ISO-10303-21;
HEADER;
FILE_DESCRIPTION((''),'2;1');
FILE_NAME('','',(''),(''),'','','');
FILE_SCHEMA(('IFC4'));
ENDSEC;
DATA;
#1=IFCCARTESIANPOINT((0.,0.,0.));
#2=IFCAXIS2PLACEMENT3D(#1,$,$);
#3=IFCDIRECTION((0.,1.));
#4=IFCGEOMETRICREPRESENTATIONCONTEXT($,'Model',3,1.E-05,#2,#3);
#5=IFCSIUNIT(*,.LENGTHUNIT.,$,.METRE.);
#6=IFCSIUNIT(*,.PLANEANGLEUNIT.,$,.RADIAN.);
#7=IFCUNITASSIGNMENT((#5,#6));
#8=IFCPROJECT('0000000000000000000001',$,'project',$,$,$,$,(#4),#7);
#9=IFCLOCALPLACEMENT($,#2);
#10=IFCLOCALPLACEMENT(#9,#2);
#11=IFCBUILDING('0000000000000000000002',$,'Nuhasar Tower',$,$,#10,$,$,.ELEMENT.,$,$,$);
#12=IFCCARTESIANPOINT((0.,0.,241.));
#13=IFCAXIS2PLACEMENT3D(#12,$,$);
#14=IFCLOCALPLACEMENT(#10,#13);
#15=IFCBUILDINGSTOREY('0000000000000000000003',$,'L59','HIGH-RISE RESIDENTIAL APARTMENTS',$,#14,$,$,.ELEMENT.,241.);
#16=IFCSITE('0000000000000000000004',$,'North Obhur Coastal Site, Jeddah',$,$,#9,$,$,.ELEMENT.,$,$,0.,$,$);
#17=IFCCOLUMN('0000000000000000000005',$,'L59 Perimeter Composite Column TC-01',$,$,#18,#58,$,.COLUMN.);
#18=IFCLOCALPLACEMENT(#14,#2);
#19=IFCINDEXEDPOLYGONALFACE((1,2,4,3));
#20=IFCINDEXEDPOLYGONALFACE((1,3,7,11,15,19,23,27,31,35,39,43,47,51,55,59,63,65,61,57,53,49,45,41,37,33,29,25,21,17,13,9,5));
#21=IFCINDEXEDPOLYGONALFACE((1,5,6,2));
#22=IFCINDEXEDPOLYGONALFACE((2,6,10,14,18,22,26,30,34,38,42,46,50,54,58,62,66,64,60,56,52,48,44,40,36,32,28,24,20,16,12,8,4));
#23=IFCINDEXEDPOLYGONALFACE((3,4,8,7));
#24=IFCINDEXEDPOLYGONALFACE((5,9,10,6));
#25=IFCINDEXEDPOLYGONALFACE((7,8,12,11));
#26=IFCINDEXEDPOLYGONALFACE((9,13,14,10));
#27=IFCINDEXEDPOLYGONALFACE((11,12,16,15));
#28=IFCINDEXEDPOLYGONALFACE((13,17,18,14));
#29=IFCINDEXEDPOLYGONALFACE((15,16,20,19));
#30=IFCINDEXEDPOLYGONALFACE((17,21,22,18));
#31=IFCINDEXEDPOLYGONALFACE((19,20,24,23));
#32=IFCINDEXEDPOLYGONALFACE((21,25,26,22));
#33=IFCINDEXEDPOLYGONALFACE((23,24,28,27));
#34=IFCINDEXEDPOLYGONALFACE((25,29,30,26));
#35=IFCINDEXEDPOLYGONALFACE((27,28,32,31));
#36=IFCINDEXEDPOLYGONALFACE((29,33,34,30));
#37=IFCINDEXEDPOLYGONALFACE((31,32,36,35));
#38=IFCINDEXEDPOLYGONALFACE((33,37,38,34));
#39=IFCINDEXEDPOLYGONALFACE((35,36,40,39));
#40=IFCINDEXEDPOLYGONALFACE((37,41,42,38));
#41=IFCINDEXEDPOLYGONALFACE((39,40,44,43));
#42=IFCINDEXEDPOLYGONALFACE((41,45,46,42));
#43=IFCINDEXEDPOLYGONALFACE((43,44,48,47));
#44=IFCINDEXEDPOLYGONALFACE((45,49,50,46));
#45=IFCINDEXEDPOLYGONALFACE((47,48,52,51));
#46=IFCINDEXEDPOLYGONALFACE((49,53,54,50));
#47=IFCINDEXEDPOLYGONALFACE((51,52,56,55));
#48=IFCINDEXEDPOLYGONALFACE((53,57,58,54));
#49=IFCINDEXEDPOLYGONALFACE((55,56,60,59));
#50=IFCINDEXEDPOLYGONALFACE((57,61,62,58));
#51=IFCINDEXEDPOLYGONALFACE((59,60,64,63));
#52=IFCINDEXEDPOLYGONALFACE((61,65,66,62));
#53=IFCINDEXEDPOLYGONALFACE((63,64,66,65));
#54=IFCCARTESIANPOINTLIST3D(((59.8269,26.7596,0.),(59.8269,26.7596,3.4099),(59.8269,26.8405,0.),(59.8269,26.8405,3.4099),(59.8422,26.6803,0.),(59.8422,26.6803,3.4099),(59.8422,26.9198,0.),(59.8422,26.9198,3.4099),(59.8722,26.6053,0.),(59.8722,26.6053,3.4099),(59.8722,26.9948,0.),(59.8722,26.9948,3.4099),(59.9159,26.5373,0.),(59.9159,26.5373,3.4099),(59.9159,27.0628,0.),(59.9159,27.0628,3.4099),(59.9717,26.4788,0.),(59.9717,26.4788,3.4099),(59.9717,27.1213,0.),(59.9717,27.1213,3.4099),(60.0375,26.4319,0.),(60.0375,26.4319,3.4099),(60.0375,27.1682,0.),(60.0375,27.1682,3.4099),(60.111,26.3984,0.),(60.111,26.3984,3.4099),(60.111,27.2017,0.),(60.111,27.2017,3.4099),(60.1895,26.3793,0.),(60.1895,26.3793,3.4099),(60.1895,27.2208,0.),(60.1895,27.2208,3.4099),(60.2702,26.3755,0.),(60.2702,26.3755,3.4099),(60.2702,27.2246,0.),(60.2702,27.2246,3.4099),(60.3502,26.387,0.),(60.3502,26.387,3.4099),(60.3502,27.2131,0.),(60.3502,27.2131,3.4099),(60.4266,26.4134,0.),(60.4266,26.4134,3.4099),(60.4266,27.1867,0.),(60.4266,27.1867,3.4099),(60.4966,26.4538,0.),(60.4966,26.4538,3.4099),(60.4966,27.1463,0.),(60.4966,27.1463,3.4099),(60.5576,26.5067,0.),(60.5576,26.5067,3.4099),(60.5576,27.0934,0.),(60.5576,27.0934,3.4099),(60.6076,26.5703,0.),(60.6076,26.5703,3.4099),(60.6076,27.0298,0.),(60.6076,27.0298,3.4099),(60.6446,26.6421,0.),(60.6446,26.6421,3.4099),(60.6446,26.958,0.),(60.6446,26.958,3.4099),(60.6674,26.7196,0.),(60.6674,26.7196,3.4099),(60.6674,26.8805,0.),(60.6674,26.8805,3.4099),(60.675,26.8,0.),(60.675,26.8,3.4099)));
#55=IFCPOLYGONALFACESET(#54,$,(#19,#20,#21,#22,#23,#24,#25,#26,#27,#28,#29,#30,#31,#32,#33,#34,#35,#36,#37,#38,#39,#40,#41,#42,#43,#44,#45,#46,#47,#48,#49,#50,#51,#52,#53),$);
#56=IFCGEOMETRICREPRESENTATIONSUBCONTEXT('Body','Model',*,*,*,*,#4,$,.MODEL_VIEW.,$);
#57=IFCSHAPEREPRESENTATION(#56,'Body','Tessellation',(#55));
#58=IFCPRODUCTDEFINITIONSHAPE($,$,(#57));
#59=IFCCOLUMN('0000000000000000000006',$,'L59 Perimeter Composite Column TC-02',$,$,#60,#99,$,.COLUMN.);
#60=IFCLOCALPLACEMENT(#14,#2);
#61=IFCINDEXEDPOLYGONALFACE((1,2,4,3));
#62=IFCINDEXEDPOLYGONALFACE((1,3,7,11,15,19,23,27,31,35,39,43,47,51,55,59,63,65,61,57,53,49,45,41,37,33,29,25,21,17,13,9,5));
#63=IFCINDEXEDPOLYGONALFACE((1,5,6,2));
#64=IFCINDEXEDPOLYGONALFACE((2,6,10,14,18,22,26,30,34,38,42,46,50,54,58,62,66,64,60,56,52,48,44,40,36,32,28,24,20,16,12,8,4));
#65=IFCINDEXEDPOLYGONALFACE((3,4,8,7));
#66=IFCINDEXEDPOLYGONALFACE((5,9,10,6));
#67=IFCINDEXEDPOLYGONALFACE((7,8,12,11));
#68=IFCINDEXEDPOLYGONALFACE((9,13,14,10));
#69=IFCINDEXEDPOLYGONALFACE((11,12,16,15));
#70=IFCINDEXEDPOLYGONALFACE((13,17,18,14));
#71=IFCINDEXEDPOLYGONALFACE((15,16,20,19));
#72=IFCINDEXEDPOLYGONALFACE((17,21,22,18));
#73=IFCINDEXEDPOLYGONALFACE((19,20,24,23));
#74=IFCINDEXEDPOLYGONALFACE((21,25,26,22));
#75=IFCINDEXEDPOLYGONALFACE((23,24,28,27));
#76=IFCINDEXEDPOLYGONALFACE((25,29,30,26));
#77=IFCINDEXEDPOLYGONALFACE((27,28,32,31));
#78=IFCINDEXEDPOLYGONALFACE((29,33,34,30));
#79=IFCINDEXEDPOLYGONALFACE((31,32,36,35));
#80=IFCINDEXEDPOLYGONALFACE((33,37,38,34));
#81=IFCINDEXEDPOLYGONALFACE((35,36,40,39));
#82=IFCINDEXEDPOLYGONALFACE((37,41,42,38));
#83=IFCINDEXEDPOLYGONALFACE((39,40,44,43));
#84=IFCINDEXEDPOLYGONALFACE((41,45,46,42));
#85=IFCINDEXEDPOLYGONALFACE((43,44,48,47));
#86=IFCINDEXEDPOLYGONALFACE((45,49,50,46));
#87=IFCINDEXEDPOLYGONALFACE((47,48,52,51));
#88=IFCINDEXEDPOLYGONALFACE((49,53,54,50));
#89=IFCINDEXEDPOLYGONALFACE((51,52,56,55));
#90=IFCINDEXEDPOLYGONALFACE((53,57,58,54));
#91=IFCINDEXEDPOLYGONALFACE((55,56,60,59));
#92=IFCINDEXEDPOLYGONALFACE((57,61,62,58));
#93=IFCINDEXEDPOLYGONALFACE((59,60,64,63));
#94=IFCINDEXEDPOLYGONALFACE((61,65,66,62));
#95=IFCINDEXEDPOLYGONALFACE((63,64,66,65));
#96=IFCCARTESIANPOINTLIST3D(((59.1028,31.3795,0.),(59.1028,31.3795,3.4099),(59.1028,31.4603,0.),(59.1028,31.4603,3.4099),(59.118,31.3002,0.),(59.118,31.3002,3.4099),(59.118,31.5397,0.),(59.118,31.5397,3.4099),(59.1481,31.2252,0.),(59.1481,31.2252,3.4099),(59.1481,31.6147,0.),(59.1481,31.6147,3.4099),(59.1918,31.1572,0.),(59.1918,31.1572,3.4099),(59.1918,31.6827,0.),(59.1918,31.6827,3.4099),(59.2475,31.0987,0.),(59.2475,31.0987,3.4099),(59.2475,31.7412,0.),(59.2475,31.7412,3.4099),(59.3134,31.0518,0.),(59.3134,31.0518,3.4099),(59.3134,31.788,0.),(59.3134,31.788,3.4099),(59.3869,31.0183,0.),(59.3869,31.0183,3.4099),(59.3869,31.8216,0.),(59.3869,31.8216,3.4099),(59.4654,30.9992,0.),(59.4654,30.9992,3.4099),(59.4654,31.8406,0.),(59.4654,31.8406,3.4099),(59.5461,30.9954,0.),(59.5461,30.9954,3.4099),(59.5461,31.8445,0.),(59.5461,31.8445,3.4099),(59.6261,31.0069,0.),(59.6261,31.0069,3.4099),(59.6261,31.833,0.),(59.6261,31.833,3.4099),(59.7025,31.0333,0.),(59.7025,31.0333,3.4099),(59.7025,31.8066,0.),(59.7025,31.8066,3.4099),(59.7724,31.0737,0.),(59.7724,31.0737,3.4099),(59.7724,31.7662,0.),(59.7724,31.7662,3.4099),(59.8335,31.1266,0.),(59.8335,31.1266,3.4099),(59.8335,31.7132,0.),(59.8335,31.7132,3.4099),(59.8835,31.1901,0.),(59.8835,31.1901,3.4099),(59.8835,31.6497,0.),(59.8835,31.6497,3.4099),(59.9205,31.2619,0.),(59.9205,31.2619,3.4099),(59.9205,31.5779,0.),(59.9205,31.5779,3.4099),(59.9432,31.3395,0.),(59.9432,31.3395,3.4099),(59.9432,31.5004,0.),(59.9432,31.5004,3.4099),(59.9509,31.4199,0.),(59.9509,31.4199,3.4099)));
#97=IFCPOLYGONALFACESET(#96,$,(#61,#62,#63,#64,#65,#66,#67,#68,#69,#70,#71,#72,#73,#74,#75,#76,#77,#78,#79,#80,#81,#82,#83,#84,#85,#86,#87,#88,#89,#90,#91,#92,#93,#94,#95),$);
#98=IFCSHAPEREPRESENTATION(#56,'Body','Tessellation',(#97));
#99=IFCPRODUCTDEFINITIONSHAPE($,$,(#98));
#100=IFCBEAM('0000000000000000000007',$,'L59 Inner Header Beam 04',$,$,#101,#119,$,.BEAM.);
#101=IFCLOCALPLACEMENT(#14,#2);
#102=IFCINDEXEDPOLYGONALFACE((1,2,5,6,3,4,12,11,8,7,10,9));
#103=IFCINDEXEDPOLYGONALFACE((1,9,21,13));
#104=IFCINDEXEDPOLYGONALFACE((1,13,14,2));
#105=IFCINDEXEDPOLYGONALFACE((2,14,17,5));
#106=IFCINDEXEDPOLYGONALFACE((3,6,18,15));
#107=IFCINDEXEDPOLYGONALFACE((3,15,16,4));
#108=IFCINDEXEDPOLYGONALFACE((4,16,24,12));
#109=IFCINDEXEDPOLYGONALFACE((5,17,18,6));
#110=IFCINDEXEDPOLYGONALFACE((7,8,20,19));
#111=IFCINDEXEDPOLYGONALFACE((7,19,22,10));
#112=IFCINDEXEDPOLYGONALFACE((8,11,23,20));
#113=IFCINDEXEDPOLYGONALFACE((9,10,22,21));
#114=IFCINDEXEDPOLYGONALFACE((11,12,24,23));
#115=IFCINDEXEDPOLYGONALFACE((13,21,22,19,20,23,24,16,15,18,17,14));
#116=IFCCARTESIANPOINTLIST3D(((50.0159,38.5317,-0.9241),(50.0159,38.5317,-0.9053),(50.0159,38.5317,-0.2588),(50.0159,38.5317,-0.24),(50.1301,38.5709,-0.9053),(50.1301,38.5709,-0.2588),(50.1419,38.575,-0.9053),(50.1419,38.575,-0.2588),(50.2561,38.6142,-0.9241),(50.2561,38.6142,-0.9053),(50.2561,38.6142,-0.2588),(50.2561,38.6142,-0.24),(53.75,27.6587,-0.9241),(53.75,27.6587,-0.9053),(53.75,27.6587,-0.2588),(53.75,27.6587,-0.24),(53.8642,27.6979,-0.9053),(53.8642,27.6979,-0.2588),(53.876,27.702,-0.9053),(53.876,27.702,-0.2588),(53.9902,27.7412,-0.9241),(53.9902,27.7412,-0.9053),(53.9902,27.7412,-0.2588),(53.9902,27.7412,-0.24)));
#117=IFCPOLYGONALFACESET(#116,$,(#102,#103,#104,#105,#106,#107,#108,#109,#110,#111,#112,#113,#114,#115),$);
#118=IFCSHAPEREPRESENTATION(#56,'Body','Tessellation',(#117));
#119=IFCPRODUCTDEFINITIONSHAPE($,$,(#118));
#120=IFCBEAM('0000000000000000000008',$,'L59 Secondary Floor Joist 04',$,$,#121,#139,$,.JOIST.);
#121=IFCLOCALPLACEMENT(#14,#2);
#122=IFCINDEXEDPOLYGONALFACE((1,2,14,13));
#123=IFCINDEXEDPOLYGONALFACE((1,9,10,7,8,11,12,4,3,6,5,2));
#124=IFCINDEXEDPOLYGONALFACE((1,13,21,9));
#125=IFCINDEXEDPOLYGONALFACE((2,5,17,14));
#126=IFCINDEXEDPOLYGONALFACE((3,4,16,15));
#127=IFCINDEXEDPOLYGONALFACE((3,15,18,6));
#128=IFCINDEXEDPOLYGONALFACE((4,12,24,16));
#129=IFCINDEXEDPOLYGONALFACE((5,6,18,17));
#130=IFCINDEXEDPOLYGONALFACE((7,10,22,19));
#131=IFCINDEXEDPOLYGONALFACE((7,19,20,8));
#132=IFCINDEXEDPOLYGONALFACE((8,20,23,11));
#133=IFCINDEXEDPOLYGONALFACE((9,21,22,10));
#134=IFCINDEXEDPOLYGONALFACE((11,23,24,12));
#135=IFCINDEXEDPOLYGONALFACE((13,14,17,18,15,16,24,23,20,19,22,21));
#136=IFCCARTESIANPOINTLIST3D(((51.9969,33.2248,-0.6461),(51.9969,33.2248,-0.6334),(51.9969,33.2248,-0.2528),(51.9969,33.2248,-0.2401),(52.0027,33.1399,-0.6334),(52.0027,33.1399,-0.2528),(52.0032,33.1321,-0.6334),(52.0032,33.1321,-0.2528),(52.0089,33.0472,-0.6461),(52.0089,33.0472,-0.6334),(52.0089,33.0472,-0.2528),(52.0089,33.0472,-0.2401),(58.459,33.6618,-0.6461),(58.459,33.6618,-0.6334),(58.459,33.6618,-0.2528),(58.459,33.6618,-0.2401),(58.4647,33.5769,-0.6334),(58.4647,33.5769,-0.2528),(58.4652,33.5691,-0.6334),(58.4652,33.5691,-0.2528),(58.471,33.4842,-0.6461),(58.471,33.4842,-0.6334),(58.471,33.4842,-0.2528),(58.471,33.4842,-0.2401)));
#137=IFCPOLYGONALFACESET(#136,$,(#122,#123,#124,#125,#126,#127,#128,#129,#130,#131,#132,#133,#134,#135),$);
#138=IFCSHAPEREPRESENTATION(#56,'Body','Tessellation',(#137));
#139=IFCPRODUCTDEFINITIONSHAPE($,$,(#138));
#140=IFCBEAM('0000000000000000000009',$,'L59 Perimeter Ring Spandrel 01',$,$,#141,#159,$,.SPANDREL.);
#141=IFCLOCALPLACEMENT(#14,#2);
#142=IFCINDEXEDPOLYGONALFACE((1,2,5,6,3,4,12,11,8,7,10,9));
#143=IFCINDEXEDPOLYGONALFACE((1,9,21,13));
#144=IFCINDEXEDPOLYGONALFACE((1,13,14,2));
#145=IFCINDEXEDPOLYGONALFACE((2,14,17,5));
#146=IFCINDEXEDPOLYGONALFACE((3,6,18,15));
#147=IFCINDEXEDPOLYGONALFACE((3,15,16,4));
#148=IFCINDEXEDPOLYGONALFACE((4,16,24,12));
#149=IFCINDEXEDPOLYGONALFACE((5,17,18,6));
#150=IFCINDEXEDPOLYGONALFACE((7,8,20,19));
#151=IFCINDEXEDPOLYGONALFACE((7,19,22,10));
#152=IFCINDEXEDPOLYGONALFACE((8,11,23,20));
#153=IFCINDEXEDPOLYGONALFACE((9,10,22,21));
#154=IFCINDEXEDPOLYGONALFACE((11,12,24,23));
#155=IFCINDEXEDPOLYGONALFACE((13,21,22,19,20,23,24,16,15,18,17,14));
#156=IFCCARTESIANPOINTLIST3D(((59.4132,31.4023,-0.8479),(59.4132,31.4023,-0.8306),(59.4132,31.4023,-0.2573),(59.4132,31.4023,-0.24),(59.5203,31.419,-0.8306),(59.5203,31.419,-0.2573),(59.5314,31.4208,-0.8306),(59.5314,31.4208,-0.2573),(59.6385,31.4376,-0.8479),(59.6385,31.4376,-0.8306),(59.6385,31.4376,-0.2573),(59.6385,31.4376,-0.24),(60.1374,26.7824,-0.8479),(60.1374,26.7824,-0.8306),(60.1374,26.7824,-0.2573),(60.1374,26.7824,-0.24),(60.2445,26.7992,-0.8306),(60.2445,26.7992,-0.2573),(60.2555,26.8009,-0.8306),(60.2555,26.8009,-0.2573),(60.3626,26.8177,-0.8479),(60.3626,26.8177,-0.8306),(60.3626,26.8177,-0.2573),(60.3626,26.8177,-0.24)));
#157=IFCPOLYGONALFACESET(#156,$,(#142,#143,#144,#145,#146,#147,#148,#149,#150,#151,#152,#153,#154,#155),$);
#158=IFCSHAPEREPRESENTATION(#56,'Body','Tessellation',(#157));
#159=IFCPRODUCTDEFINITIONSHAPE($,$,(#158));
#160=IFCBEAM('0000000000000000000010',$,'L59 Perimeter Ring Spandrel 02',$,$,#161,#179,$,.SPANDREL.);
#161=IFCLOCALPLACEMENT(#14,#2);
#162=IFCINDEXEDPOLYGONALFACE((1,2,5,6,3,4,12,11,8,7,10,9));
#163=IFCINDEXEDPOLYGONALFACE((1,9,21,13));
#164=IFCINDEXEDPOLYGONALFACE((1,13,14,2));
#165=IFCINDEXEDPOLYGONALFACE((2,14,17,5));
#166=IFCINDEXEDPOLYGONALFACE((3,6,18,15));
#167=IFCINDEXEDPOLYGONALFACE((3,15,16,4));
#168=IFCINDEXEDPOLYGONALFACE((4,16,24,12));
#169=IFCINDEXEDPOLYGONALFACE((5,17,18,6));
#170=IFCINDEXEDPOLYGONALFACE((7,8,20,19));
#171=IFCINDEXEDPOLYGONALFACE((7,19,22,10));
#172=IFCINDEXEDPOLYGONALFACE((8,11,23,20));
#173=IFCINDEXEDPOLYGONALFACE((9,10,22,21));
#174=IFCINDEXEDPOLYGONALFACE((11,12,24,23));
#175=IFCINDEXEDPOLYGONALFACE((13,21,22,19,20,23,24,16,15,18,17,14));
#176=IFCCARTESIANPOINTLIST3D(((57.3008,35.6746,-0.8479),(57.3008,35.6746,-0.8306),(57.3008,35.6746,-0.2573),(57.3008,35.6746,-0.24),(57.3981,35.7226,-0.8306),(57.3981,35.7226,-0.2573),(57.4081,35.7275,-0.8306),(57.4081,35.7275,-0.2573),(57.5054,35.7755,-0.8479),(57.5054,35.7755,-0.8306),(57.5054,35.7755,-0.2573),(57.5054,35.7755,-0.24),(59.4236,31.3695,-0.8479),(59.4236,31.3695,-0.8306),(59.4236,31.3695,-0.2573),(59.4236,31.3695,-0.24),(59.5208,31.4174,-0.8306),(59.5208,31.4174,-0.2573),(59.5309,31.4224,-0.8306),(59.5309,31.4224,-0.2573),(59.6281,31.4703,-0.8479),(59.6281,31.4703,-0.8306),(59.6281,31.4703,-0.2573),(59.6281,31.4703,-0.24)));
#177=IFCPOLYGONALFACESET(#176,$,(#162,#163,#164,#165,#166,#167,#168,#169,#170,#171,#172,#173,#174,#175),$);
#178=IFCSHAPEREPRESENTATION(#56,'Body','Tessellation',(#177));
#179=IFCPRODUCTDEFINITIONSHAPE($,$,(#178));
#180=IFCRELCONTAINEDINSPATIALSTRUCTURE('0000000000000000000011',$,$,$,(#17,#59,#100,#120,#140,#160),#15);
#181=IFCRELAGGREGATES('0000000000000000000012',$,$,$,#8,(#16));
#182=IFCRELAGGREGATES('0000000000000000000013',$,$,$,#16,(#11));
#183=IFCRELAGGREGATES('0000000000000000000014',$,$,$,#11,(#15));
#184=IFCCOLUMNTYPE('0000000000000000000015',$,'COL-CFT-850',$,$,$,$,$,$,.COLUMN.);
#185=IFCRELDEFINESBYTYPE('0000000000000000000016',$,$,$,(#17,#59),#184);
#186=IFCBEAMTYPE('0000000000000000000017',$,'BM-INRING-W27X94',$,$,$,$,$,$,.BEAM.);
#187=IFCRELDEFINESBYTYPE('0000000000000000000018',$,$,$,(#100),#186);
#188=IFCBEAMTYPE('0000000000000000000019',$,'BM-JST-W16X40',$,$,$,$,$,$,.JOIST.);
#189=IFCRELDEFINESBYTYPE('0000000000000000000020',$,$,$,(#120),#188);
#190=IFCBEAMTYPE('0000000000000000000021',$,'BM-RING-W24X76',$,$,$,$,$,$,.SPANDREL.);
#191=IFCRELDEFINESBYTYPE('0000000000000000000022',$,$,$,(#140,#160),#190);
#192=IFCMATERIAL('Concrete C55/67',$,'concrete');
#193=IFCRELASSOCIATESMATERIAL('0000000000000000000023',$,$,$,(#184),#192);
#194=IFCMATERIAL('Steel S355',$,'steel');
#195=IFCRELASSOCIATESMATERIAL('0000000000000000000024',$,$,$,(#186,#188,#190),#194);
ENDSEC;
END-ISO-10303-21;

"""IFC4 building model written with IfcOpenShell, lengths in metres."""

from ifc_helpers import new_model, si_unit, direction, frame, origin, origin_2d, place, context, subcontext, project, spatial, circle, i_section, extrude, material, material_profile, profile_set, type_object, element, save


model = new_model("IFC4")

# Units and contexts
model_context = context("Model", 3, precision=1e-05, world=origin(), true_north=direction((0.0, 1.0)))
body_context = subcontext(model_context, "Body", "Model", "MODEL_VIEW")
ifc_project = project(units=[si_unit("LENGTHUNIT", "METRE"), si_unit("PLANEANGLEUNIT", "RADIAN")], contexts=[model_context])

# Site, building, storey
site_placement = place(None, origin())
site = spatial("IfcSite", under=ifc_project, at=site_placement, Name="North Obhur Coastal Site, Jeddah", CompositionType="ELEMENT", RefElevation=0.0)
building_placement = place(site_placement, origin())
building = spatial("IfcBuilding", under=site, at=building_placement, Name="Nuhasar Tower", CompositionType="ELEMENT")
storey_placement = place(building_placement, frame((0.0, 0.0, 241.0)))
storey = spatial("IfcBuildingStorey", under=building, at=storey_placement, Name="L59", Description="HIGH-RISE RESIDENTIAL APARTMENTS", CompositionType="ELEMENT", Elevation=241.0)

# Columns
ifc_material_1 = material(Name="Concrete C55/67", Category="concrete")
ifc_material_profile_1 = material_profile(ifc_material_1, circle(Radius=0.425, at=origin_2d()), Name="CFT850")
ifc_profile_set_1 = profile_set([ifc_material_profile_1], Name="Concrete C55/67")
column_type = type_object("IfcColumnType", Name="COL-CFT-850", PredefinedType="COLUMN", material=ifc_profile_set_1)
for number, where, z_axis, x_axis, name in (
    (1, (60.25, 26.8, 0.0), (0.0, 0.0, 1.0), (1.0, 0.0, 0.0), "L59 Perimeter Composite Column TC-01"),
    (2, (59.5259, 31.4199, 0.0), (0.0, 0.0, 1.0), (1.0, 0.0, 0.0), "L59 Perimeter Composite Column TC-02"),
):
    element("IfcColumn", number, at=place(storey_placement, frame(where, z_axis=z_axis, x_axis=x_axis)), inside=storey, type_object=column_type, Name=name, PredefinedType="COLUMN", context=body_context, shape_type="SweptSolid", body=[
        extrude(circle(Radius=0.425, at=origin_2d()), origin(), (0.0, 0.0, 1.0), 3.4099),
    ])

# Beams
ifc_material_2 = material(Name="Steel S355", Category="steel")
ifc_material_profile_2 = material_profile(ifc_material_2, i_section(OverallWidth=0.2539, OverallDepth=0.6841, WebThickness=0.0125, FlangeThickness=0.0188, at=origin_2d()), Name="W27X94")
ifc_profile_set_2 = profile_set([ifc_material_profile_2], Name="Steel S355")
beam_type_1 = type_object("IfcBeamType", Name="BM-INRING-W27X94", PredefinedType="BEAM", material=ifc_profile_set_2)
beam_1_placement = place(storey_placement, frame((53.8701, 27.7, -0.582), z_axis=(-0.324809, 0.94578, 0.0), x_axis=(-0.94578, -0.324809, 0.0)))
element("IfcBeam", 3, at=beam_1_placement, inside=storey, type_object=beam_type_1, Name="L59 Inner Header Beam 04", PredefinedType="BEAM", context=body_context, shape_type="SweptSolid", body=[
    extrude(i_section(OverallWidth=0.2539, OverallDepth=0.6841, WebThickness=0.0125, FlangeThickness=0.0188, at=origin_2d()), origin(), (0.0, 0.0, 1.0), 11.4963),
])
ifc_material_profile_3 = material_profile(ifc_material_2, i_section(OverallWidth=0.178, OverallDepth=0.406, WebThickness=0.0078, FlangeThickness=0.0127, at=origin_2d()), Name="W16X40")
ifc_profile_set_3 = profile_set([ifc_material_profile_3], Name="Steel S355")
beam_type_2 = type_object("IfcBeamType", Name="BM-JST-W16X40", PredefinedType="JOIST", material=ifc_profile_set_3)
beam_2_placement = place(storey_placement, frame((52.0029, 33.136, -0.4431), z_axis=(0.997721, 0.067472, 0.0), x_axis=(-0.067472, 0.997721, 0.0)))
element("IfcBeam", 4, at=beam_2_placement, inside=storey, type_object=beam_type_2, Name="L59 Secondary Floor Joist 04", PredefinedType="JOIST", context=body_context, shape_type="SweptSolid", body=[
    extrude(i_section(OverallWidth=0.178, OverallDepth=0.406, WebThickness=0.0078, FlangeThickness=0.0127, at=origin_2d()), origin(), (0.0, 0.0, 1.0), 6.4768),
])
ifc_material_profile_4 = material_profile(ifc_material_2, i_section(OverallWidth=0.228, OverallDepth=0.6079, WebThickness=0.0112, FlangeThickness=0.0173, at=origin_2d()), Name="W24X76")
ifc_profile_set_4 = profile_set([ifc_material_profile_4], Name="Steel S355")
beam_type_3 = type_object("IfcBeamType", Name="BM-RING-W24X76", PredefinedType="SPANDREL", material=ifc_profile_set_4)
beam_3_placement = place(storey_placement, frame((60.25, 26.8, -0.5439), z_axis=(-0.15485, 0.987938, 0.0), x_axis=(-0.987938, -0.15485, 0.0)))
element("IfcBeam", 5, at=beam_3_placement, inside=storey, type_object=beam_type_3, Name="L59 Perimeter Ring Spandrel 01", PredefinedType="SPANDREL", context=body_context, shape_type="SweptSolid", body=[
    extrude(i_section(OverallWidth=0.228, OverallDepth=0.6079, WebThickness=0.0112, FlangeThickness=0.0173, at=origin_2d()), origin(), (0.0, 0.0, 1.0), 4.6763),
])
beam_4_placement = place(storey_placement, frame((59.5259, 31.4199, -0.5439), z_axis=(-0.442243, 0.896895, 0.0), x_axis=(-0.896895, -0.442243, 0.0)))
element("IfcBeam", 6, at=beam_4_placement, inside=storey, type_object=beam_type_3, Name="L59 Perimeter Ring Spandrel 02", PredefinedType="SPANDREL", context=body_context, shape_type="SweptSolid", body=[
    extrude(i_section(OverallWidth=0.228, OverallDepth=0.6079, WebThickness=0.0112, FlangeThickness=0.0173, at=origin_2d()), origin(), (0.0, 0.0, 1.0), 4.8),
])

save(model, "model.ifc")
